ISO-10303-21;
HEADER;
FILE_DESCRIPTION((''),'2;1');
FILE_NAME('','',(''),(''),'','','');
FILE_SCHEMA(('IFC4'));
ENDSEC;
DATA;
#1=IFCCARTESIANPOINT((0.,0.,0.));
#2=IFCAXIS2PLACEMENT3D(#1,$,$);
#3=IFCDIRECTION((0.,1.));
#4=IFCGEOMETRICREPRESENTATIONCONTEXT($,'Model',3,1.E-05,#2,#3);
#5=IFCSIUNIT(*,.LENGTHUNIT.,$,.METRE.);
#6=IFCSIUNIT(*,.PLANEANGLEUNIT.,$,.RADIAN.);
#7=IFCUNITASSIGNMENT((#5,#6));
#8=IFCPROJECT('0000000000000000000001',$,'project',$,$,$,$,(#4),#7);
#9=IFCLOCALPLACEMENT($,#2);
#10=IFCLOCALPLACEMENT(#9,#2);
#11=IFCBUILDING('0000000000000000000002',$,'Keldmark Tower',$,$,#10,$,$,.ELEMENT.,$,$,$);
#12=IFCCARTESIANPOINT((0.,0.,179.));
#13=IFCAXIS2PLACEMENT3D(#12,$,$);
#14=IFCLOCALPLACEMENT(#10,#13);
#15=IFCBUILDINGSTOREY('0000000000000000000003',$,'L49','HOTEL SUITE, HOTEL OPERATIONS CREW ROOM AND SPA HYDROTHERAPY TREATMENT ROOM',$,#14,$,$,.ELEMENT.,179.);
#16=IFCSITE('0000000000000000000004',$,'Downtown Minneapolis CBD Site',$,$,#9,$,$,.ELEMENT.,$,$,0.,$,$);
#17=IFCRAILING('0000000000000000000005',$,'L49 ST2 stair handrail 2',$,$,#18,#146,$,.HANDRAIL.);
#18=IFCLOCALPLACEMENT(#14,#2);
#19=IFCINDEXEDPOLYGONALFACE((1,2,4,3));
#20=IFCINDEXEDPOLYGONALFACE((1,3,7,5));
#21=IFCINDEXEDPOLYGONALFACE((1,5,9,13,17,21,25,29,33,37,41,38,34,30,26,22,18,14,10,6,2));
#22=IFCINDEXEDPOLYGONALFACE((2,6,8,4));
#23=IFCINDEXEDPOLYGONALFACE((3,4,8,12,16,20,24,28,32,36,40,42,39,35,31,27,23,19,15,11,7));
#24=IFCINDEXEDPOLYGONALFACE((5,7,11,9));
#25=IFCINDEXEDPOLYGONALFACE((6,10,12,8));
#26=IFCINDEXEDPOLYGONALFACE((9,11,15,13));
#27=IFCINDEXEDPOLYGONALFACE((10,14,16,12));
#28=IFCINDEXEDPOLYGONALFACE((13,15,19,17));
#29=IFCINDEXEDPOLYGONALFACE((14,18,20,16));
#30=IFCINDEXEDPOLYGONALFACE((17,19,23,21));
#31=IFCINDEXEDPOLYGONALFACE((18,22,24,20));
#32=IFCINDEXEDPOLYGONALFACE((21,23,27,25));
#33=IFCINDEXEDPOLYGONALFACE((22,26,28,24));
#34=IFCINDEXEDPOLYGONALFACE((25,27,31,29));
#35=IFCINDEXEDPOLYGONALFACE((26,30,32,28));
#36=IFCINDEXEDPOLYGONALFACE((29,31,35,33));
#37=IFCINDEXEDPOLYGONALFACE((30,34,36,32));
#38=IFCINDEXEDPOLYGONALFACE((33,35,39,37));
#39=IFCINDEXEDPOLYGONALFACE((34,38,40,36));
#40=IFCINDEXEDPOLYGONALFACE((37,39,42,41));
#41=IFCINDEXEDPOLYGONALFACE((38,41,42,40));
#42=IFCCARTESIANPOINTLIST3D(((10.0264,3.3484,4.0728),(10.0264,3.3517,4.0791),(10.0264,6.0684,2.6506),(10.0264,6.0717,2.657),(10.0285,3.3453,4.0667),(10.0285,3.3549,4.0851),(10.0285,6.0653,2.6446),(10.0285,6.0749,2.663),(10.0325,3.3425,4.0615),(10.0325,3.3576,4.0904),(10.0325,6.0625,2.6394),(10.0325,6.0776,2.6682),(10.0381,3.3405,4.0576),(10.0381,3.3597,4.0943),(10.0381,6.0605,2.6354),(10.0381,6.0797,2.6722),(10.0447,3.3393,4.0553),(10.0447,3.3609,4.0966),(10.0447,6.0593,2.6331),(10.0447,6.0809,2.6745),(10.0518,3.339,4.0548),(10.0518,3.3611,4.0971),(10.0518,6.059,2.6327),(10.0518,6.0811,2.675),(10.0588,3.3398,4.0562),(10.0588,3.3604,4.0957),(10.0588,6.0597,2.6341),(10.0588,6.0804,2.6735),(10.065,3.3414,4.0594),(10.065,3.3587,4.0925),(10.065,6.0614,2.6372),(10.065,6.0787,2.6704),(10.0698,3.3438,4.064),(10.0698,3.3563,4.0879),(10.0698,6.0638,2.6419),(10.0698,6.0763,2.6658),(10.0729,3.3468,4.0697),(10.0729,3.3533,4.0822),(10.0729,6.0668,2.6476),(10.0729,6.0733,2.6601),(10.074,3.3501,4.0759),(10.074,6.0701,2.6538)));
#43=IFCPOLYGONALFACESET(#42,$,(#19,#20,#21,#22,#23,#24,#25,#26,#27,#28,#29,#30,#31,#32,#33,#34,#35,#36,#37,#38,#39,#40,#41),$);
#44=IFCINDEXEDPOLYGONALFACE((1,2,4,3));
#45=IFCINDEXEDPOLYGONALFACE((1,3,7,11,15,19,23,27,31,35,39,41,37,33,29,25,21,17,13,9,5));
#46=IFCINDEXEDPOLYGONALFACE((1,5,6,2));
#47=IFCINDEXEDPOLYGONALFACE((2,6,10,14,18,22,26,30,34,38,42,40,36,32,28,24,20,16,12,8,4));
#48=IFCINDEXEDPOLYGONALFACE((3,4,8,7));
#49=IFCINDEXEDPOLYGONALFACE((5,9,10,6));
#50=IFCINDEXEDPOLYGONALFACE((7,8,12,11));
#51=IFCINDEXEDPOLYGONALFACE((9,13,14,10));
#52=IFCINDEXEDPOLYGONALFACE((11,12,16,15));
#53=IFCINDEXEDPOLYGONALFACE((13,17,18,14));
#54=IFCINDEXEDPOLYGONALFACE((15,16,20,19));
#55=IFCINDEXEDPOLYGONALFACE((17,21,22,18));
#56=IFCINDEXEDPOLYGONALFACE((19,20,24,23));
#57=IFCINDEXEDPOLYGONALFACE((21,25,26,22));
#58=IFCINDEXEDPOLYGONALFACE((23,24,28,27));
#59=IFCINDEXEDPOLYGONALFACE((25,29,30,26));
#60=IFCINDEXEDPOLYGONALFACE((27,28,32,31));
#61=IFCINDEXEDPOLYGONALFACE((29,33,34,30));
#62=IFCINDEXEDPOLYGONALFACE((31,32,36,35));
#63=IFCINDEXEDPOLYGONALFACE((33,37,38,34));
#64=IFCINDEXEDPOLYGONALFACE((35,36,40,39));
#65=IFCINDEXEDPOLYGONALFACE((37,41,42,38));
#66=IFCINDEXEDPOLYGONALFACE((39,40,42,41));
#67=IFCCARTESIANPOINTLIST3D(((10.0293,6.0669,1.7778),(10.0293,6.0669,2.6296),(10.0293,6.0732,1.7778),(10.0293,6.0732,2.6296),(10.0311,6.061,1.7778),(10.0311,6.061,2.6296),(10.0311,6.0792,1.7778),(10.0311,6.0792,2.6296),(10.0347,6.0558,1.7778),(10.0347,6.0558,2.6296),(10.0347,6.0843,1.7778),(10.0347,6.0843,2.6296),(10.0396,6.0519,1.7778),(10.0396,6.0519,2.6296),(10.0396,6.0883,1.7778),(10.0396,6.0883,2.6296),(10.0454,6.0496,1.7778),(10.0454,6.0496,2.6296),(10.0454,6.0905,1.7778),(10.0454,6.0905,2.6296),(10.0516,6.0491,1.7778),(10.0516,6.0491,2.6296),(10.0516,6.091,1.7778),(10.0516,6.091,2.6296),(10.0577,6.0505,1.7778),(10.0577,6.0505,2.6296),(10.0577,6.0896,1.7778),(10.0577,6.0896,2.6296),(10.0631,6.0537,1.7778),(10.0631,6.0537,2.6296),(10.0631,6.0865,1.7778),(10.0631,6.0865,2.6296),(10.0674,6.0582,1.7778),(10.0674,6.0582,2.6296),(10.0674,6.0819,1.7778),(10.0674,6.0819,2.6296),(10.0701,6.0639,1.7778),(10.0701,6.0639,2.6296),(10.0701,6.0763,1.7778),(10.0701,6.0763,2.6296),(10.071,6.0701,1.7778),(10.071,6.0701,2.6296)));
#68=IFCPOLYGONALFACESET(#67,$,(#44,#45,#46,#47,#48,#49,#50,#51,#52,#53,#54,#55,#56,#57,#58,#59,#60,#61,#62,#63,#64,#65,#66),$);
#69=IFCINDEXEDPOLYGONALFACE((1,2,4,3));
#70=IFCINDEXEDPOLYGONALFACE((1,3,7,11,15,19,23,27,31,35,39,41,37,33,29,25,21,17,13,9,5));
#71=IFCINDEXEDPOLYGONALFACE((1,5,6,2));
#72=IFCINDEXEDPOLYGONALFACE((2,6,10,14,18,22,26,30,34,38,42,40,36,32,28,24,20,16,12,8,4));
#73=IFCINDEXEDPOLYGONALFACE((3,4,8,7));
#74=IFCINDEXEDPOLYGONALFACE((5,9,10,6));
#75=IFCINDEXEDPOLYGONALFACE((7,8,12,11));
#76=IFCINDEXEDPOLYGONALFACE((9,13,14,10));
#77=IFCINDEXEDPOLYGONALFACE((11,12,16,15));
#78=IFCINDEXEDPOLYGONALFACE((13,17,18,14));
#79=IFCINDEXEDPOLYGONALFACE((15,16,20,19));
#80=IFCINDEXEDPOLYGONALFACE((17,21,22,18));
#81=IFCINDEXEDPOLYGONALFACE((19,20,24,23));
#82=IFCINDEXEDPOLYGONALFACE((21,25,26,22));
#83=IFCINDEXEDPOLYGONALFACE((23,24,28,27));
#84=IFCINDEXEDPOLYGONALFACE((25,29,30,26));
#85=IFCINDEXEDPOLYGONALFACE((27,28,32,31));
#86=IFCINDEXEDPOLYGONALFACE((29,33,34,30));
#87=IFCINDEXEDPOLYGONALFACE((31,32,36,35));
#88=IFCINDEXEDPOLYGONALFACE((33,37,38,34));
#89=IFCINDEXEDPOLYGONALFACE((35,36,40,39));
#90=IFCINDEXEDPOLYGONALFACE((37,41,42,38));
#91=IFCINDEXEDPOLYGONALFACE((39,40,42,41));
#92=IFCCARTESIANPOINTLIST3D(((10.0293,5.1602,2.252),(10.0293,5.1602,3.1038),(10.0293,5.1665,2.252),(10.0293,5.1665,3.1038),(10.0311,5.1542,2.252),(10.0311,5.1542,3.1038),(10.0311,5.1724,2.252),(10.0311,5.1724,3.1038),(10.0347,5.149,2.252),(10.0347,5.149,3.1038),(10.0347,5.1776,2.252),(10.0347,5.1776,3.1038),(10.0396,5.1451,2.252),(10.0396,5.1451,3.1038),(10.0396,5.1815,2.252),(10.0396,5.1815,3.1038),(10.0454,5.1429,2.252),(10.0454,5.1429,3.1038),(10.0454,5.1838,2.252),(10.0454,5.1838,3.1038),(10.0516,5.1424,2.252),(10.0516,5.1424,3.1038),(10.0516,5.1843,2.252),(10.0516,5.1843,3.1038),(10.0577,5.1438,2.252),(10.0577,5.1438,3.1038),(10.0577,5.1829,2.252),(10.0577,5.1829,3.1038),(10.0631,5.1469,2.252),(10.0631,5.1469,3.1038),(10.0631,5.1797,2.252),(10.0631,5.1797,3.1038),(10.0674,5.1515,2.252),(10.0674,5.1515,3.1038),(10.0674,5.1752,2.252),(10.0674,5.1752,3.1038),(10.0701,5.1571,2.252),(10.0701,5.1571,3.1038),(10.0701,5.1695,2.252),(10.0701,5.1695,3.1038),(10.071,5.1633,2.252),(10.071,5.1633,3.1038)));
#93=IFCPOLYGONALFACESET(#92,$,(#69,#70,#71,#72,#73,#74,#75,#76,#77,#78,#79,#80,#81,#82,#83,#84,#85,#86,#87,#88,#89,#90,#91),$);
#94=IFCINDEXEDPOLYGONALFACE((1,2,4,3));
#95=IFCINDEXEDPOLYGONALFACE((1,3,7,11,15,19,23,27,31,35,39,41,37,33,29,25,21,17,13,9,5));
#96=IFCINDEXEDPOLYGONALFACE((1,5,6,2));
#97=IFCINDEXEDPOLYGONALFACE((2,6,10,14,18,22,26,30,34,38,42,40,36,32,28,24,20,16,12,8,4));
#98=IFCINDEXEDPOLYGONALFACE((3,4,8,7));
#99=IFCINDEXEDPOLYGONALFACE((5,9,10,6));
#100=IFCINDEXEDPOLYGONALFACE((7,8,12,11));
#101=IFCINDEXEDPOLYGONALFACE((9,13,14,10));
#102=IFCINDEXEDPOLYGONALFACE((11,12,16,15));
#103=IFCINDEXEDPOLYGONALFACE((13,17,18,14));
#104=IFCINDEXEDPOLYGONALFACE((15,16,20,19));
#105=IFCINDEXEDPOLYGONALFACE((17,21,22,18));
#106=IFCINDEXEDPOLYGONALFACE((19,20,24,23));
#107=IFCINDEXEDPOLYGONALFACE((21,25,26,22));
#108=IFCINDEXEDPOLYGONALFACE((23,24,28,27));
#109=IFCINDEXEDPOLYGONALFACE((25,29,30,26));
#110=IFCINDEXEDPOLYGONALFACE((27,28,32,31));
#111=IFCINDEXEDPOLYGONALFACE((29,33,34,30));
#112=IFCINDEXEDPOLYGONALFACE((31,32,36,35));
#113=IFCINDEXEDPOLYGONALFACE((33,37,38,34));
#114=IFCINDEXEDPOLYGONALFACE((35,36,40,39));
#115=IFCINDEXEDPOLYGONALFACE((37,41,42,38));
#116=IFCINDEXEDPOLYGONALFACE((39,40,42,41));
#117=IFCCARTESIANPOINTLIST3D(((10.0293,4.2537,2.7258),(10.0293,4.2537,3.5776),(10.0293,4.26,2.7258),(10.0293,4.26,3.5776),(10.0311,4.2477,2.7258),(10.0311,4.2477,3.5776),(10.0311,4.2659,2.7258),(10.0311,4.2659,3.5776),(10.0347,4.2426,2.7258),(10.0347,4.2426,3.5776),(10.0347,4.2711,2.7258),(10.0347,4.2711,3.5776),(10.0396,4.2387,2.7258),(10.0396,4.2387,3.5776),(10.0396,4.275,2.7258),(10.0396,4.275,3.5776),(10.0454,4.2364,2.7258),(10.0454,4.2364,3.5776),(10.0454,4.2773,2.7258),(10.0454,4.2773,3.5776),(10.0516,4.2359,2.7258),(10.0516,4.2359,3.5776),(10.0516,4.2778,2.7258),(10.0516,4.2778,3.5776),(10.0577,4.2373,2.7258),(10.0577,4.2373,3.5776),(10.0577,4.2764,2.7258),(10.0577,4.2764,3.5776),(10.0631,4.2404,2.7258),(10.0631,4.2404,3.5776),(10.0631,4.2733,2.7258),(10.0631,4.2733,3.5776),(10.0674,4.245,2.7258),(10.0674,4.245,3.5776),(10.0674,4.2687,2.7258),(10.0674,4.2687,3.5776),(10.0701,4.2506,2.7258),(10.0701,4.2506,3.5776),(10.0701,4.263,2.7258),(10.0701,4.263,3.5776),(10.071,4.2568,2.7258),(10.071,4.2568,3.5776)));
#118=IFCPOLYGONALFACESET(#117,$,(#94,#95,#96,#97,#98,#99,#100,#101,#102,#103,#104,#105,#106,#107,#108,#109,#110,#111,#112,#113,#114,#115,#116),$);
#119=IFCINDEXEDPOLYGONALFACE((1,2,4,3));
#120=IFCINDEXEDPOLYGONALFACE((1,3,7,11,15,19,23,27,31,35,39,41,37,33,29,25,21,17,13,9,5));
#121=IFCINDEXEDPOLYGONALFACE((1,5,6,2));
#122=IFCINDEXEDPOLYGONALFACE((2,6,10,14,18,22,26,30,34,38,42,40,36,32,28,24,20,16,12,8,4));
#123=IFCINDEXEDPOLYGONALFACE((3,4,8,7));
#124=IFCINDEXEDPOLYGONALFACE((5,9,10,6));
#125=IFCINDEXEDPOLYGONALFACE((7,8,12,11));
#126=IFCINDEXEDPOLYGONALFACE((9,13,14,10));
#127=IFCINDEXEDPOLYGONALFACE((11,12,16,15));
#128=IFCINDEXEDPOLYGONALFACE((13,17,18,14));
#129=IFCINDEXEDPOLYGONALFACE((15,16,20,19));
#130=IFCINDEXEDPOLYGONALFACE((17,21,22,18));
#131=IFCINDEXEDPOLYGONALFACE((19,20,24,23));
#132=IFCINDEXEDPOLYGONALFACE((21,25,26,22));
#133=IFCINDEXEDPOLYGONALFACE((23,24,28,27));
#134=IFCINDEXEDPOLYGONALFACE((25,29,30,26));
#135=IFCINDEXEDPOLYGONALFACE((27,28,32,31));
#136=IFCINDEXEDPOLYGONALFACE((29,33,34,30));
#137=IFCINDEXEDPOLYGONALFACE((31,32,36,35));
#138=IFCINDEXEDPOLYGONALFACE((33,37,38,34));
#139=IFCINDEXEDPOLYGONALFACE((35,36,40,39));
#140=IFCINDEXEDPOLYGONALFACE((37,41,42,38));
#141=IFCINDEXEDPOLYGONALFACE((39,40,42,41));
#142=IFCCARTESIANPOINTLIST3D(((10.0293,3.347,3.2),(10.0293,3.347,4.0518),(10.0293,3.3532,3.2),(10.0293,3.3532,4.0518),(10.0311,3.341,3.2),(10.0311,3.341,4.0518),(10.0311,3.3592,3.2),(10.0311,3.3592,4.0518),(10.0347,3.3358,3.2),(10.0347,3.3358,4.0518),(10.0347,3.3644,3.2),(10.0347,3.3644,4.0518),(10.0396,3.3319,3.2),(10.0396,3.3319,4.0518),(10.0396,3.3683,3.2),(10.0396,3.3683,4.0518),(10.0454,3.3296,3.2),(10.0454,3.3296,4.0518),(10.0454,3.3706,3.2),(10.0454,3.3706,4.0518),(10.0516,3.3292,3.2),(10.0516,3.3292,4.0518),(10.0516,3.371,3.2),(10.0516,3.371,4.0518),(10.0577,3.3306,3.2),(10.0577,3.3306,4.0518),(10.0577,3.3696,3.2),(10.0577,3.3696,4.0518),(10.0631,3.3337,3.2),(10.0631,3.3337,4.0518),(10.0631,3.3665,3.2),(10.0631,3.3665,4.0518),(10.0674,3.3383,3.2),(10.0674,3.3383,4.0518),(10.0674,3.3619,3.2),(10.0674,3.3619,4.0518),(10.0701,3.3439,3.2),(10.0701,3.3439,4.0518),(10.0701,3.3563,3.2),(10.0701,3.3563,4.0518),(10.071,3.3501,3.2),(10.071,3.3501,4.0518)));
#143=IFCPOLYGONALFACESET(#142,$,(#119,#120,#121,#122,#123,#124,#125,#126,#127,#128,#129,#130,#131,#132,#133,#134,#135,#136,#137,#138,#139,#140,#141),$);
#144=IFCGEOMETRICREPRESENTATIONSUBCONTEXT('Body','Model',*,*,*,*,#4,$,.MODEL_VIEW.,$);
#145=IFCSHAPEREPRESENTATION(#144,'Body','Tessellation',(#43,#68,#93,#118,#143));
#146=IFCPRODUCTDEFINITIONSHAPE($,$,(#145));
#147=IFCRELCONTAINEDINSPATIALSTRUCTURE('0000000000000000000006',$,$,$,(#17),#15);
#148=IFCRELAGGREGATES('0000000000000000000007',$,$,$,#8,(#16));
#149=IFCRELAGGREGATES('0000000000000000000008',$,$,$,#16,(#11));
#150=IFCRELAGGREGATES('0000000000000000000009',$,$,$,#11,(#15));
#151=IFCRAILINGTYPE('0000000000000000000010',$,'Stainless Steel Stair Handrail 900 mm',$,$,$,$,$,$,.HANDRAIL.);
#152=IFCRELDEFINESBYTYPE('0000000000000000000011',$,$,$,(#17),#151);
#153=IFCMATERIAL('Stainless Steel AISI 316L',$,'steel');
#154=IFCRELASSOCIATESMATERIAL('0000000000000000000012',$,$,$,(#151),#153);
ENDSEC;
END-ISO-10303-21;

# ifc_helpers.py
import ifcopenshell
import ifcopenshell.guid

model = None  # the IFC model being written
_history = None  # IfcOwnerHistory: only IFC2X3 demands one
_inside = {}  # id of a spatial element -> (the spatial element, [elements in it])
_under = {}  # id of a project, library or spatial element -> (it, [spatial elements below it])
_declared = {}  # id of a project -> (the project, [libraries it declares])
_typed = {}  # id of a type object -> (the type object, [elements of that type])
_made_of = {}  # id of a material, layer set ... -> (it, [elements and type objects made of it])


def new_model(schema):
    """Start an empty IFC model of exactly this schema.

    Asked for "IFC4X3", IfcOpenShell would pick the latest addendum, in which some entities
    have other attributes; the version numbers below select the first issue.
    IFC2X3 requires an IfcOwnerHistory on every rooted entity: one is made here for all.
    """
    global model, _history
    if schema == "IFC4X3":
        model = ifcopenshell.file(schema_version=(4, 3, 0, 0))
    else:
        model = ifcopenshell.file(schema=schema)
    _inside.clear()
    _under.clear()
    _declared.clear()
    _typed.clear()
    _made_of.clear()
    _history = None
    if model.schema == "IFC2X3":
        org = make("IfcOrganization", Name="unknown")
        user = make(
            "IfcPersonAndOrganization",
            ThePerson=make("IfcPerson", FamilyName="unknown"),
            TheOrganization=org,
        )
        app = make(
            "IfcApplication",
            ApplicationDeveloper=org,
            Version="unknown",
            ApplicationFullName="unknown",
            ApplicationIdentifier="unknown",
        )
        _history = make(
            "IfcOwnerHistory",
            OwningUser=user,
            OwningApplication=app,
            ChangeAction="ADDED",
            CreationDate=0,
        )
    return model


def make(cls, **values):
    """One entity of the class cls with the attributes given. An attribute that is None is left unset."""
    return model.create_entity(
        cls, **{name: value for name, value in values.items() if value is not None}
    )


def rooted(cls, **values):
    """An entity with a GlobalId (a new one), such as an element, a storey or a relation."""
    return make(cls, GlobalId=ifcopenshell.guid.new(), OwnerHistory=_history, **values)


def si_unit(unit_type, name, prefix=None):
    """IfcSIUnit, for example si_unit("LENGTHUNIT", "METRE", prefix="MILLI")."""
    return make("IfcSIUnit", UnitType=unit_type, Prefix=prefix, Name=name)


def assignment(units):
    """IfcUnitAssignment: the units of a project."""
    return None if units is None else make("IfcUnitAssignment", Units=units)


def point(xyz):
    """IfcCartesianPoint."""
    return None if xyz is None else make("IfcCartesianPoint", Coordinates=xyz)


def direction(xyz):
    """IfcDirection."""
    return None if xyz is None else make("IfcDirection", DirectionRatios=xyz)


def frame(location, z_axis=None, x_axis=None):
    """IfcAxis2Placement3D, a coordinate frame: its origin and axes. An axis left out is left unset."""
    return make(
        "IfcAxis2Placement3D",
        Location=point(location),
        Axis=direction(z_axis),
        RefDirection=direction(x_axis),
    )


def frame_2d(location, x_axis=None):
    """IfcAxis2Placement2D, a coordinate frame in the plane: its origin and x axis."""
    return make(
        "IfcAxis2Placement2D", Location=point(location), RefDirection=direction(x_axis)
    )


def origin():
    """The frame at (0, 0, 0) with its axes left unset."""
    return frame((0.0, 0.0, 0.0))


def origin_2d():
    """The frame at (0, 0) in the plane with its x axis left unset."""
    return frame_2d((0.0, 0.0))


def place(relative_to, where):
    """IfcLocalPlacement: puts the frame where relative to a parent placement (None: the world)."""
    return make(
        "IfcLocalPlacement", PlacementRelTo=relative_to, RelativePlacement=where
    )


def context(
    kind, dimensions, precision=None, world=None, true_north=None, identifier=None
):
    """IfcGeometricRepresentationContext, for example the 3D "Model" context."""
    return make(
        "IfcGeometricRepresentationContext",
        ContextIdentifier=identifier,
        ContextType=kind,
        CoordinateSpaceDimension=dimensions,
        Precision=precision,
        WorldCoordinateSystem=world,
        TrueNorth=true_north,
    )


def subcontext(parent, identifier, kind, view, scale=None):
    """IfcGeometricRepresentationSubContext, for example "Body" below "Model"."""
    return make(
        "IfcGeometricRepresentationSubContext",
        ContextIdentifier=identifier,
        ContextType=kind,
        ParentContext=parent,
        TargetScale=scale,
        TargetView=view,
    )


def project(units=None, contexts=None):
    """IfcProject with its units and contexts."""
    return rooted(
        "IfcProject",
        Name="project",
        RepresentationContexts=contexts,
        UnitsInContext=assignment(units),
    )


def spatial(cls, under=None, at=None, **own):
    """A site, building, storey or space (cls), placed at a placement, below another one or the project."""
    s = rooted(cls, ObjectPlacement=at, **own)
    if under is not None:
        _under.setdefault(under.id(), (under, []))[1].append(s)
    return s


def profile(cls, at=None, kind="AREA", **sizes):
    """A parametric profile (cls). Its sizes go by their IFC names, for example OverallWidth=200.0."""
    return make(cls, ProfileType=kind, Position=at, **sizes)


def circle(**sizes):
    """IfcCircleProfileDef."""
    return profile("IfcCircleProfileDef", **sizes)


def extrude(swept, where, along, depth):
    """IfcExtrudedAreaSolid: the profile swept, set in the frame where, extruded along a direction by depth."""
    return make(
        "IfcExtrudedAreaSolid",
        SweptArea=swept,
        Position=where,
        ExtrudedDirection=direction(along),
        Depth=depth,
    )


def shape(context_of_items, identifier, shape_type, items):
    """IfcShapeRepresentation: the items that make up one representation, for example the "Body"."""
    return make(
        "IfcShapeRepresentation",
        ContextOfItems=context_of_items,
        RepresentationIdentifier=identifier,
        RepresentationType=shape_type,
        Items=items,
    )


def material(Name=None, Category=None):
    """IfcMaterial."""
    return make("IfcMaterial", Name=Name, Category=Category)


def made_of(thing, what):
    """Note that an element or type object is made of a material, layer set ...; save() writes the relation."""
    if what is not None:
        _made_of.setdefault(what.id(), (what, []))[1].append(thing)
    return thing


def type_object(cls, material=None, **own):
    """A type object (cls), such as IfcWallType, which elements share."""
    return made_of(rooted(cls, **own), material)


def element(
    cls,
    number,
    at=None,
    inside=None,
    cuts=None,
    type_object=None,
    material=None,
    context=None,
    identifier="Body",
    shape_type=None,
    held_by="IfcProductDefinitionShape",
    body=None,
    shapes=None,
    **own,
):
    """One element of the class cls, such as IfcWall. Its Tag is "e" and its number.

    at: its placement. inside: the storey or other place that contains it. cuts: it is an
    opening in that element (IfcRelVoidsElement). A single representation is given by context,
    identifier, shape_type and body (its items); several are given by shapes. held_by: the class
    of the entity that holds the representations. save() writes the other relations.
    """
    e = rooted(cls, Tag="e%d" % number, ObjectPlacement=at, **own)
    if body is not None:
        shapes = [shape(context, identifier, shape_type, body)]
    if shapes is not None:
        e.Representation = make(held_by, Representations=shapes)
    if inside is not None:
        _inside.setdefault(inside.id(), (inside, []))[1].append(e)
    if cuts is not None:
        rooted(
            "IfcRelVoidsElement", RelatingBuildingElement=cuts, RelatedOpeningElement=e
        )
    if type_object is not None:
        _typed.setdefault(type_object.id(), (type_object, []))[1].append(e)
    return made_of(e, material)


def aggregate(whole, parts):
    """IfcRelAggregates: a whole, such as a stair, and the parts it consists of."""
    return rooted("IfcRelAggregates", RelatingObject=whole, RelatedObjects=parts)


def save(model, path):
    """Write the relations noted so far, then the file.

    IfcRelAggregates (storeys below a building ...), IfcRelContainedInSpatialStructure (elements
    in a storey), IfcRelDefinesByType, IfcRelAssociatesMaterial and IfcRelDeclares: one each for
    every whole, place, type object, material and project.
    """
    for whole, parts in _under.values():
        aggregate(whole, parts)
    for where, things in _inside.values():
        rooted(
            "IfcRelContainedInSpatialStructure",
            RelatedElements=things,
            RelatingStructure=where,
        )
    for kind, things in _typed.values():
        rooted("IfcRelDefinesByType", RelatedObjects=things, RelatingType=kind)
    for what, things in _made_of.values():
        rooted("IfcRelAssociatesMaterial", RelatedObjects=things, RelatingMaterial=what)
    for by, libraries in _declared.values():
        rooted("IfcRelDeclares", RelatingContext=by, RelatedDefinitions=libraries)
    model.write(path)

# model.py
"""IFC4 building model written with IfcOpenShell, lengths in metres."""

from ifc_helpers import new_model, si_unit, direction, frame, origin, origin_2d, place, context, subcontext, project, spatial, circle, extrude, material, type_object, element, save


model = new_model("IFC4")

# Units and contexts
model_context = context("Model", 3, precision=1e-05, world=origin(), true_north=direction((0.0, 1.0)))
body_context = subcontext(model_context, "Body", "Model", "MODEL_VIEW")
ifc_project = project(units=[si_unit("LENGTHUNIT", "METRE"), si_unit("PLANEANGLEUNIT", "RADIAN")], contexts=[model_context])

# Site, building, storey
site_placement = place(None, origin())
site = spatial("IfcSite", under=ifc_project, at=site_placement, Name="Downtown Minneapolis CBD Site", CompositionType="ELEMENT", RefElevation=0.0)
building_placement = place(site_placement, origin())
building = spatial("IfcBuilding", under=site, at=building_placement, Name="Keldmark Tower", CompositionType="ELEMENT")
storey_placement = place(building_placement, frame((0.0, 0.0, 179.0)))
storey = spatial("IfcBuildingStorey", under=building, at=storey_placement, Name="L49", Description="HOTEL SUITE, HOTEL OPERATIONS CREW ROOM AND SPA HYDROTHERAPY TREATMENT ROOM", CompositionType="ELEMENT", Elevation=179.0)

# Railing
ifc_material_1 = material(Name="Stainless Steel AISI 316L", Category="steel")
railing_type_1 = type_object("IfcRailingType", Name="Stainless Steel Stair Handrail 900 mm", PredefinedType="HANDRAIL", material=ifc_material_1)
railing_1_placement = place(storey_placement, frame((10.05, 6.0701, 1.7778)))
element("IfcRailing", 1, at=railing_1_placement, inside=storey, type_object=railing_type_1, Name="L49 ST2 stair handrail 2", PredefinedType="HANDRAIL", context=body_context, shape_type="SweptSolid", body=[
    extrude(circle(Radius=0.0239, at=origin_2d()), frame((0.0, 0.0, 0.876), z_axis=(0.0, -0.886183, 0.463335), x_axis=(1.0, 0.0, 0.0)), (0.0, 0.0, 1.0), 3.0693),
    extrude(circle(Radius=0.021, at=origin_2d()), origin(), (0.0, 0.0, 1.0), 0.8518),
    extrude(circle(Radius=0.021, at=origin_2d()), frame((0.0, -0.9067, 0.4741)), (0.0, 0.0, 1.0), 0.8518),
    extrude(circle(Radius=0.021, at=origin_2d()), frame((0.0, -1.8132, 0.948)), (0.0, 0.0, 1.0), 0.8518),
    extrude(circle(Radius=0.021, at=origin_2d()), frame((0.0, -2.72, 1.4221)), (0.0, 0.0, 1.0), 0.8518),
])

save(model, "model.ifc")
